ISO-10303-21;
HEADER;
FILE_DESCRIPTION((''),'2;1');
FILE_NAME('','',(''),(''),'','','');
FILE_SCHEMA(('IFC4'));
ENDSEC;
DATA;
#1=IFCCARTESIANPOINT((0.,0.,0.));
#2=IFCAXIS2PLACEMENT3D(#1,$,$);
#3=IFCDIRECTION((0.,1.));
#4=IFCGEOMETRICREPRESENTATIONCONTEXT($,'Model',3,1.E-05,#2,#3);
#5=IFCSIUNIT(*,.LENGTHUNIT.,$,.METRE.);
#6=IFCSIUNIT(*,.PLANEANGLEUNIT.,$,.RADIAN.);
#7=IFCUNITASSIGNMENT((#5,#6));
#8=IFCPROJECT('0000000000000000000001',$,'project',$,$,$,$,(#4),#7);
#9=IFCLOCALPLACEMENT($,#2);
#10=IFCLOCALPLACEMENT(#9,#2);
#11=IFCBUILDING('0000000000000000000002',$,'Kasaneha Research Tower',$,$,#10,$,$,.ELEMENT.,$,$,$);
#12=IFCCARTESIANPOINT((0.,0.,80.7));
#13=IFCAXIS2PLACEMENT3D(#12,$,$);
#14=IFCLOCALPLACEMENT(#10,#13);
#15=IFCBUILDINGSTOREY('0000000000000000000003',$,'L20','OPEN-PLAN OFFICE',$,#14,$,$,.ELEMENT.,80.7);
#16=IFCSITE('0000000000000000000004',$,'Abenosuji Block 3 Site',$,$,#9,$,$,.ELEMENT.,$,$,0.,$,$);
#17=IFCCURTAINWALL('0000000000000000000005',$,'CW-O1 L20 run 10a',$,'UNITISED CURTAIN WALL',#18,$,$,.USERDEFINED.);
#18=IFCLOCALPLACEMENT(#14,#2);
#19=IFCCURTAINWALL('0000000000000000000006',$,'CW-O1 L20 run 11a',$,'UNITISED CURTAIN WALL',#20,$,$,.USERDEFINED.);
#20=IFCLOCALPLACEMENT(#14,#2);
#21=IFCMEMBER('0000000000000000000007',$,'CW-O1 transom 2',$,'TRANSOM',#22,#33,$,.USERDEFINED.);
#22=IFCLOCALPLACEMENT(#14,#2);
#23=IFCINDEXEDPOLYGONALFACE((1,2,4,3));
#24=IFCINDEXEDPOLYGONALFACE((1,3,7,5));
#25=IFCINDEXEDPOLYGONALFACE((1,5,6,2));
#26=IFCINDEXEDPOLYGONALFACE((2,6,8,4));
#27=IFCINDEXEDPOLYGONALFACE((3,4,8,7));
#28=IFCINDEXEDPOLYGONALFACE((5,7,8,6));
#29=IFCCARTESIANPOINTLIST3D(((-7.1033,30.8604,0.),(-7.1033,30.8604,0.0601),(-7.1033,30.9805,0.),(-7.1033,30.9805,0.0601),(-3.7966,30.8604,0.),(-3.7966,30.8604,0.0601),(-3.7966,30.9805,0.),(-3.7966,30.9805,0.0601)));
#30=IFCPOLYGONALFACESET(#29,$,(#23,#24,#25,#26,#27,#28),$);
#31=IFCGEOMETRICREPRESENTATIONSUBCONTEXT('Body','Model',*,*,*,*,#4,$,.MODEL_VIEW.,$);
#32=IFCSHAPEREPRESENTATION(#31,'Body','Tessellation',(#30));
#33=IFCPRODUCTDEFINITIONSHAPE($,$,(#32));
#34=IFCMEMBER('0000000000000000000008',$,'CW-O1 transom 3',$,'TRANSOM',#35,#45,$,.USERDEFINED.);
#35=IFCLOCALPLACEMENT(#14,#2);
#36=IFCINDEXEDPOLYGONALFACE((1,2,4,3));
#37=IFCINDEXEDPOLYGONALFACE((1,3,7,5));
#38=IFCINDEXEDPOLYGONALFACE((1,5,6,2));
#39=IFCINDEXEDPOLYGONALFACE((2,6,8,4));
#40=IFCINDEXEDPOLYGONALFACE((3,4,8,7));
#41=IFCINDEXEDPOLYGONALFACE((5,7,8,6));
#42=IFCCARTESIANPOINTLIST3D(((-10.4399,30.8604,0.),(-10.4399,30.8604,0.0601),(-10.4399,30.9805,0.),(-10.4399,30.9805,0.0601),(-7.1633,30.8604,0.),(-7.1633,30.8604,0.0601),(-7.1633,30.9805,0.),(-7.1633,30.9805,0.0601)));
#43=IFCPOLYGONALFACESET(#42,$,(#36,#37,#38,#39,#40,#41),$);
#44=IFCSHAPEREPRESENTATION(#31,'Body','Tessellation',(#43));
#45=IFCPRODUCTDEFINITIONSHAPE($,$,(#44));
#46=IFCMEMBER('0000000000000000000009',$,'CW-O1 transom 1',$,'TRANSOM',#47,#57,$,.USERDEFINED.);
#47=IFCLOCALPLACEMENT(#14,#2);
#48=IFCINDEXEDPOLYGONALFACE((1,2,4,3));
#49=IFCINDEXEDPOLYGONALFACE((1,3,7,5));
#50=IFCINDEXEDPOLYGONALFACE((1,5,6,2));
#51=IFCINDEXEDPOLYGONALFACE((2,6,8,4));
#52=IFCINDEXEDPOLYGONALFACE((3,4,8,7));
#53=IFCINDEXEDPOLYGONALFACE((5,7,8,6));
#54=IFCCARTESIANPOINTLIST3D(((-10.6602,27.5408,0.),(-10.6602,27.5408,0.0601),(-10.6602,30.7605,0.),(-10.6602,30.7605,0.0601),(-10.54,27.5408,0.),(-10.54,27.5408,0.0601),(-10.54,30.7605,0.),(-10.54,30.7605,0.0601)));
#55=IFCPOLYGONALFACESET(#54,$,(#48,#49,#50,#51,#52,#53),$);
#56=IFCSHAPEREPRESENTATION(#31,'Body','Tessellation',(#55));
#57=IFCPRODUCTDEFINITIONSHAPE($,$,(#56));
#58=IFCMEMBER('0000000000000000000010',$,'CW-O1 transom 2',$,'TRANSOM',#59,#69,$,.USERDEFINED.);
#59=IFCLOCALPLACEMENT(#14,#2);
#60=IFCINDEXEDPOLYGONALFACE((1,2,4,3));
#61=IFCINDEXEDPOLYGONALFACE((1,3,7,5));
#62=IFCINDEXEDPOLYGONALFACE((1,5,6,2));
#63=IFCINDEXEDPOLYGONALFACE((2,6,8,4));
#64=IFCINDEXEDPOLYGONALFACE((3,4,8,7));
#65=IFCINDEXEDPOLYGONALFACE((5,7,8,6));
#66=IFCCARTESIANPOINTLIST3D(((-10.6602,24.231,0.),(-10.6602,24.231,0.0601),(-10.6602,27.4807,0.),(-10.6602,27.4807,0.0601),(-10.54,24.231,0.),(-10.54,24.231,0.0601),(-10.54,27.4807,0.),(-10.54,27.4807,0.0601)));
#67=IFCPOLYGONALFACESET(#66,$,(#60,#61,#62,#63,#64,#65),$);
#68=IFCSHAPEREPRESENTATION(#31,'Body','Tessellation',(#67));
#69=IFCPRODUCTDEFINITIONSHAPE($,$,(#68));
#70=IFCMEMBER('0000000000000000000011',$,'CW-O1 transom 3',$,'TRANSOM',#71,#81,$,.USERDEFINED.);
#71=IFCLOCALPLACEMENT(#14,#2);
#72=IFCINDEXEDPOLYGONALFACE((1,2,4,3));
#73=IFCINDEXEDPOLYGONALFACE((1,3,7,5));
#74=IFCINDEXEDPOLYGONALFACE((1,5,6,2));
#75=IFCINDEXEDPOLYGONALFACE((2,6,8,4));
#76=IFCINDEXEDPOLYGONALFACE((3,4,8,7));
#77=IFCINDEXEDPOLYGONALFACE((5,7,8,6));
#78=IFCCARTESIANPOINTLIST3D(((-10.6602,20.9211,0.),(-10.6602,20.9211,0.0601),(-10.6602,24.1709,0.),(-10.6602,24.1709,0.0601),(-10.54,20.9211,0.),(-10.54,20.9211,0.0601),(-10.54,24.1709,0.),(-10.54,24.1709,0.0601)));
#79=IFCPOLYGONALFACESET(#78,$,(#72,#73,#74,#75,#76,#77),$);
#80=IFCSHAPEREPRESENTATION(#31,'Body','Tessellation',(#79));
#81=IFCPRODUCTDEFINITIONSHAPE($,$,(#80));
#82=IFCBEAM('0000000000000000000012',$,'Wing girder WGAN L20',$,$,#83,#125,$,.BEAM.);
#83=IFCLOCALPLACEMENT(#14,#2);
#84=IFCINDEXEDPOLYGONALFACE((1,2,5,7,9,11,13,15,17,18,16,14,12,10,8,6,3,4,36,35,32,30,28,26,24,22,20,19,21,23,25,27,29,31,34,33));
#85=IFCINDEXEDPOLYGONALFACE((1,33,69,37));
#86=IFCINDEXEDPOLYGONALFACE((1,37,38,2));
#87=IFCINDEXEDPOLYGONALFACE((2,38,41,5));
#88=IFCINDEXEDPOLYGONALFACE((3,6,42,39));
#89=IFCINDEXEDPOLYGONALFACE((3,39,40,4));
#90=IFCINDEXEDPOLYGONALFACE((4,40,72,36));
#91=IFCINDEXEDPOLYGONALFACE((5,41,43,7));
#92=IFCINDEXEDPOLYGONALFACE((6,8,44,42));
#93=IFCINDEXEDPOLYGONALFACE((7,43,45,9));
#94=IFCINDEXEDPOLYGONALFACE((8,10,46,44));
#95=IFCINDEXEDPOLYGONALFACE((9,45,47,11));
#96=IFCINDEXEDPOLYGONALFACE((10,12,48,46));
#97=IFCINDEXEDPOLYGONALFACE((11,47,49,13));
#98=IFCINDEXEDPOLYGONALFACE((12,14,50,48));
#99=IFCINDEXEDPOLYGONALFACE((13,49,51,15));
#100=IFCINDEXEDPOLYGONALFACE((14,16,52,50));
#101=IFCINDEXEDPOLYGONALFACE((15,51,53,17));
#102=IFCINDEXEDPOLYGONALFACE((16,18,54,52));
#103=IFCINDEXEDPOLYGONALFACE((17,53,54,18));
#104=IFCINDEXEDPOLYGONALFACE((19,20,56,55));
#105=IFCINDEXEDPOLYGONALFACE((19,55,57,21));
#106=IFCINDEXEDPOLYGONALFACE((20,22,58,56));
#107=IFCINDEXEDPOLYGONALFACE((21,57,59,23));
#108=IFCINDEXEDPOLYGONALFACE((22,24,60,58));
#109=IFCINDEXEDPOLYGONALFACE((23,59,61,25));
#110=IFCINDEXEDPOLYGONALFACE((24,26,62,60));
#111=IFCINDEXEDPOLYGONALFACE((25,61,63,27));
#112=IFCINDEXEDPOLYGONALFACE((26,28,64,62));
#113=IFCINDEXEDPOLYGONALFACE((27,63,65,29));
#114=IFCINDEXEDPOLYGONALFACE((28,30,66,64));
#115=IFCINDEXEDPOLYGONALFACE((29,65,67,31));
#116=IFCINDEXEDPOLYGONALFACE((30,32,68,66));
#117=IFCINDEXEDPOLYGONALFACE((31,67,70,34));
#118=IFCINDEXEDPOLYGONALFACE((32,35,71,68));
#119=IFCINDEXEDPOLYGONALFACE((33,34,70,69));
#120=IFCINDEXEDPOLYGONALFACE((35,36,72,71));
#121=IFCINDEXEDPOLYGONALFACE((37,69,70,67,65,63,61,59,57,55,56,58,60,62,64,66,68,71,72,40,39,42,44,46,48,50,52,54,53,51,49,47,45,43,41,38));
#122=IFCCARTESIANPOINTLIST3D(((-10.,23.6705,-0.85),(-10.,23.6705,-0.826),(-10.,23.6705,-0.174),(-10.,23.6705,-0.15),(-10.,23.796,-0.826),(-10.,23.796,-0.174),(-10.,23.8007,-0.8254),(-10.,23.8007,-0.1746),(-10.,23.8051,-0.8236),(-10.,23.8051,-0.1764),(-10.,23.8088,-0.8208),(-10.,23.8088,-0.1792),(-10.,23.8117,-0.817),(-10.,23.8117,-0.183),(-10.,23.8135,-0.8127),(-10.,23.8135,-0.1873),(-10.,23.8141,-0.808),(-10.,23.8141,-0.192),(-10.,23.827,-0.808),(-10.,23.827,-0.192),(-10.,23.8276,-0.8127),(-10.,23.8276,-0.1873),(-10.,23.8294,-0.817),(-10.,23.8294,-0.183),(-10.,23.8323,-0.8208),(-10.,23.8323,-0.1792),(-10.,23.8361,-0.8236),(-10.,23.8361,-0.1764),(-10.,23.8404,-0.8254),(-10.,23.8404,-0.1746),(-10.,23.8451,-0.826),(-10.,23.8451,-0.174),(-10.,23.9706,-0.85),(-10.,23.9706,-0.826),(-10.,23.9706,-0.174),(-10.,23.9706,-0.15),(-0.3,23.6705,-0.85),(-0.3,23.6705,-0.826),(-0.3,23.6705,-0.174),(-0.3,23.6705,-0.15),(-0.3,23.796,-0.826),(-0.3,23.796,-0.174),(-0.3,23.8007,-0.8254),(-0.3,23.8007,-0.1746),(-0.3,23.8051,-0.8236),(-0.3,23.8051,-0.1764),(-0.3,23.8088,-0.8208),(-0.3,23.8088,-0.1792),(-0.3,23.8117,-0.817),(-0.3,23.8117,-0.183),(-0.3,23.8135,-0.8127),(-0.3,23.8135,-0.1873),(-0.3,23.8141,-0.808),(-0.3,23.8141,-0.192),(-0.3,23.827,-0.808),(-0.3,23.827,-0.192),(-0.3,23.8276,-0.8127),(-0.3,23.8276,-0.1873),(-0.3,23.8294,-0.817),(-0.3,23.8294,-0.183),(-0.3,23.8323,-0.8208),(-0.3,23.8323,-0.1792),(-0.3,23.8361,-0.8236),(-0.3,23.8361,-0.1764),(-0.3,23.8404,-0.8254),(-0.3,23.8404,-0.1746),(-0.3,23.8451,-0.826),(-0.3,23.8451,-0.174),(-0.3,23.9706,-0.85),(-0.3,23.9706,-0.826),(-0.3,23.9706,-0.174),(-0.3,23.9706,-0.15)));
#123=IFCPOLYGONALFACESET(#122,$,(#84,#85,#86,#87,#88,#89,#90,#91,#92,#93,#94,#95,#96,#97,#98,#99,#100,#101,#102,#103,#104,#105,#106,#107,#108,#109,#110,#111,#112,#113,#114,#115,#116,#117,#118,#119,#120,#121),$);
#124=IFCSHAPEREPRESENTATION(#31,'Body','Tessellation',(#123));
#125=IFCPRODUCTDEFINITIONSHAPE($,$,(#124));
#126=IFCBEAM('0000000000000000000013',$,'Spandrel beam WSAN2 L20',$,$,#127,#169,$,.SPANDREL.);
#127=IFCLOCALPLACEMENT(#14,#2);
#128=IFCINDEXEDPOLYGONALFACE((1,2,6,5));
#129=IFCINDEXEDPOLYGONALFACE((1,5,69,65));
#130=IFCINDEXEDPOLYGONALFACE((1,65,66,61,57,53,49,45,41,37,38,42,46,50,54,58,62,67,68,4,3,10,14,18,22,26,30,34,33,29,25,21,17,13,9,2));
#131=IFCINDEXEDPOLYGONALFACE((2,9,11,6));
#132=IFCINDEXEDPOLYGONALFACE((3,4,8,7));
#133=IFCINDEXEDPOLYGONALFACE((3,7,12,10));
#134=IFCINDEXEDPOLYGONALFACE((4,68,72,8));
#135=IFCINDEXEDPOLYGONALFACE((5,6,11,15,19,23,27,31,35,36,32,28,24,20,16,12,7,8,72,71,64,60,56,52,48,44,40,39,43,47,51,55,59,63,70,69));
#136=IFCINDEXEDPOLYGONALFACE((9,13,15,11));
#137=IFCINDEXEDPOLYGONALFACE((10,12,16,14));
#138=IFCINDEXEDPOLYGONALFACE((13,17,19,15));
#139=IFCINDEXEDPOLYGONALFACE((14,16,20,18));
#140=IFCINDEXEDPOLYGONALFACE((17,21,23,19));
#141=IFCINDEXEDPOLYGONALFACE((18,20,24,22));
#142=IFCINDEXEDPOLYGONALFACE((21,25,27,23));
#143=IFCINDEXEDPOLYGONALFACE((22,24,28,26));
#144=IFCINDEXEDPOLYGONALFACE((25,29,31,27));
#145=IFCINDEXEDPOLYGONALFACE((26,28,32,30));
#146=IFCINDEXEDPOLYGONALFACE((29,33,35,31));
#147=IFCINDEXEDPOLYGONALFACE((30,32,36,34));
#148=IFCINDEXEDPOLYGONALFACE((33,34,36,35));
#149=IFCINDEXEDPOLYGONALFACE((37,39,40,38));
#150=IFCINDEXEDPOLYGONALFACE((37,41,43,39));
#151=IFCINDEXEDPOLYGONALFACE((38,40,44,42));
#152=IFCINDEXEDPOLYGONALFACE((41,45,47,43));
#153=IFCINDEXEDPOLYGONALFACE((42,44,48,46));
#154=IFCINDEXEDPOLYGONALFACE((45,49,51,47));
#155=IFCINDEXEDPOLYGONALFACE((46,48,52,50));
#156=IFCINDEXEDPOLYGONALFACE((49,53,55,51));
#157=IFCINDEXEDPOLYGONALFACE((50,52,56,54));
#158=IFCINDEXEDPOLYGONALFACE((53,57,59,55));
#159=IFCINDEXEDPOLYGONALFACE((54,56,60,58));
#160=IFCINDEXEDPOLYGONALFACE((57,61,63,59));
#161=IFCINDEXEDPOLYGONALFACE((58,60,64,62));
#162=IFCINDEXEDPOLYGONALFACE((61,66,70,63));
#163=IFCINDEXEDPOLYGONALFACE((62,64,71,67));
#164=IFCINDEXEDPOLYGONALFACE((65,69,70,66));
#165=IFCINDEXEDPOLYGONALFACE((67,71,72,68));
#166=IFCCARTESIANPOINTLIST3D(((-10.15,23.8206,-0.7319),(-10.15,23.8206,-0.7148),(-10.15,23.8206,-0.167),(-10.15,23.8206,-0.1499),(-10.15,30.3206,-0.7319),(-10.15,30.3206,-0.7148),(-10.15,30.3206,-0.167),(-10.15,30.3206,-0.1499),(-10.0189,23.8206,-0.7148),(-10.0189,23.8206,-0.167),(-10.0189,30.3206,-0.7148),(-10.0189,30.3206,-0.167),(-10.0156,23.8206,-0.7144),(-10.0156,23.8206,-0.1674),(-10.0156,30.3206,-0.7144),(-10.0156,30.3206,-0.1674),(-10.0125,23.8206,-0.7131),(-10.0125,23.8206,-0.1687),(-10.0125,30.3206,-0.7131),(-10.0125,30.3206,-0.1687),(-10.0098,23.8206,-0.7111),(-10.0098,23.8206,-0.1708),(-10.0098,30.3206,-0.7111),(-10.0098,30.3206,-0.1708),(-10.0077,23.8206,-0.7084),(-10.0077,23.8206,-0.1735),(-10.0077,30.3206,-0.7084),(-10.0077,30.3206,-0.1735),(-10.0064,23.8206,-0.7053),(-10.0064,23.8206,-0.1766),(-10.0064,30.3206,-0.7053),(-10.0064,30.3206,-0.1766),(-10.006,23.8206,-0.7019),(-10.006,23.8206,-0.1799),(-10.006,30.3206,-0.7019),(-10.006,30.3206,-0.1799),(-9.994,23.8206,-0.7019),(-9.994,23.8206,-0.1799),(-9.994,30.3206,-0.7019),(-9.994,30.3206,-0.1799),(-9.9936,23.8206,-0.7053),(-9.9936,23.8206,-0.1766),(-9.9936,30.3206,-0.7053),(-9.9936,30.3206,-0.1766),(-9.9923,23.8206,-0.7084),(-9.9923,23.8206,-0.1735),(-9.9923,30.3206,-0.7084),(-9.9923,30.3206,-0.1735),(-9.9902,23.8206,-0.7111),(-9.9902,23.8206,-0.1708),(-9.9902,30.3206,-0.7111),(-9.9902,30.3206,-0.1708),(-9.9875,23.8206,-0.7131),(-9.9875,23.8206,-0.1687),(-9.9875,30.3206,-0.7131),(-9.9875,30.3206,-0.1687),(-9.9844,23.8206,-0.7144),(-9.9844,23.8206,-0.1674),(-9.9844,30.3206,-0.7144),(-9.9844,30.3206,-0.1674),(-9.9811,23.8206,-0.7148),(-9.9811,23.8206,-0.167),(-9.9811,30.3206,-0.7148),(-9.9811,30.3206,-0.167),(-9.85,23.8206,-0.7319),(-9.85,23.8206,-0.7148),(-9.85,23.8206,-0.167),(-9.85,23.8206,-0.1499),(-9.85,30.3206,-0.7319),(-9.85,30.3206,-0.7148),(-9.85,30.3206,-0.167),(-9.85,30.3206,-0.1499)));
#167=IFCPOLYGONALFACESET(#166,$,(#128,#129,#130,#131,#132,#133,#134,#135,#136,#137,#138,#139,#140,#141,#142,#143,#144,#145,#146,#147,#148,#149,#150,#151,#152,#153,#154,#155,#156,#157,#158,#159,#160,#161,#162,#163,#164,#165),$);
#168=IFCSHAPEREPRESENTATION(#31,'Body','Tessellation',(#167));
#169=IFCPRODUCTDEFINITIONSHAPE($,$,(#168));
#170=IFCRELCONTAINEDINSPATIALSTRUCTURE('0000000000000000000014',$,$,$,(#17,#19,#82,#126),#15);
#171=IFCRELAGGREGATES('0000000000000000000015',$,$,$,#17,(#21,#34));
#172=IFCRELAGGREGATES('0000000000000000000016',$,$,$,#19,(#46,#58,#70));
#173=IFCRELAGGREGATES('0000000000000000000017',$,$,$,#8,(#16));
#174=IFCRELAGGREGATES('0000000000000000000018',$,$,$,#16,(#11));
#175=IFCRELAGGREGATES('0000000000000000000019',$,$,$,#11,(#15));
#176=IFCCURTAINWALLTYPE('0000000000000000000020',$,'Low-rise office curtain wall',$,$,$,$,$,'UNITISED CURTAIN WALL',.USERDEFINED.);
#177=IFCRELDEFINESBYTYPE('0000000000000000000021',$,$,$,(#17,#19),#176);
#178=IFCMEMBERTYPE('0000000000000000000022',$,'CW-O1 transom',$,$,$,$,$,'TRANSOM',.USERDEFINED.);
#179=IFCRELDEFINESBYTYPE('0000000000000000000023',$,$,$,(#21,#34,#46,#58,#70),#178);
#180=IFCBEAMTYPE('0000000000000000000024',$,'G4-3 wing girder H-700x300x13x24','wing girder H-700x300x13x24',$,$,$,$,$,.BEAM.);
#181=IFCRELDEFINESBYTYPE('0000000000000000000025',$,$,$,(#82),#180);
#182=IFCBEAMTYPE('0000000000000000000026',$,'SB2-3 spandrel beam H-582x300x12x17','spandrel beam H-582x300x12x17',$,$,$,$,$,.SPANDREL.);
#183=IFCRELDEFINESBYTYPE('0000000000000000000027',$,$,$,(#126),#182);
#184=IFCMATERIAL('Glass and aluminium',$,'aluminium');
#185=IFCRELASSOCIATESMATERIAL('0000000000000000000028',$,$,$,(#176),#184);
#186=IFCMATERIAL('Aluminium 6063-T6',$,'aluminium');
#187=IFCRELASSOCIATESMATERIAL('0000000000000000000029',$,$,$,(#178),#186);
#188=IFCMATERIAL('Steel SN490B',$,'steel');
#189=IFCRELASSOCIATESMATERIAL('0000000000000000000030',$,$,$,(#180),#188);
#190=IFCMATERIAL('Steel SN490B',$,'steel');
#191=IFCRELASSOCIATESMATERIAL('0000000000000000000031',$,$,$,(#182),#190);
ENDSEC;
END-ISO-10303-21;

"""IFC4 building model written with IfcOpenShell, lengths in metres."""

from ifc_helpers import new_model, si_unit, direction, frame, origin, origin_2d, place, context, subcontext, project, spatial, rectangle, i_section, extrude, material, material_profile, profile_set, type_object, element, aggregate, save


model = new_model("IFC4")

# Units and contexts
model_context = context("Model", 3, precision=1e-05, world=origin(), true_north=direction((0.0, 1.0)))
body_context = subcontext(model_context, "Body", "Model", "MODEL_VIEW")
ifc_project = project(units=[si_unit("LENGTHUNIT", "METRE"), si_unit("PLANEANGLEUNIT", "RADIAN")], contexts=[model_context])

# Site, building, storey
site_placement = place(None, origin())
site = spatial("IfcSite", under=ifc_project, at=site_placement, Name="Abenosuji Block 3 Site", CompositionType="ELEMENT", RefElevation=0.0)
building_placement = place(site_placement, origin())
building = spatial("IfcBuilding", under=site, at=building_placement, Name="Kasaneha Research Tower", CompositionType="ELEMENT")
storey_placement = place(building_placement, frame((0.0, 0.0, 80.7)))
storey = spatial("IfcBuildingStorey", under=building, at=storey_placement, Name="L20", Description="OPEN-PLAN OFFICE", CompositionType="ELEMENT", Elevation=80.7)

# Curtain walls
ifc_material_1 = material(Name="Glass and aluminium", Category="aluminium")
curtain_wall_type = type_object("IfcCurtainWallType", Name="Low-rise office curtain wall", ElementType="UNITISED CURTAIN WALL", PredefinedType="USERDEFINED", material=ifc_material_1)
curtain_wall_1_placement = place(storey_placement, origin())
curtain_wall_1 = element("IfcCurtainWall", 1, at=curtain_wall_1_placement, inside=storey, type_object=curtain_wall_type, Name="CW-O1 L20 run 10a", ObjectType="UNITISED CURTAIN WALL", PredefinedType="USERDEFINED")
curtain_wall_2_placement = place(storey_placement, origin())
curtain_wall_2 = element("IfcCurtainWall", 2, at=curtain_wall_2_placement, inside=storey, type_object=curtain_wall_type, Name="CW-O1 L20 run 11a", ObjectType="UNITISED CURTAIN WALL", PredefinedType="USERDEFINED")

# Members
ifc_material_2 = material(Name="Aluminium 6063-T6", Category="aluminium")
ifc_material_profile_1 = material_profile(ifc_material_2, rectangle(XDim=0.1201, YDim=0.0601, at=origin_2d()), Name="CW-O1 transom 120x60")
ifc_profile_set_1 = profile_set([ifc_material_profile_1], Name="Aluminium 6063-T6")
member_type_1 = type_object("IfcMemberType", Name="CW-O1 transom", ElementType="TRANSOM", PredefinedType="USERDEFINED", material=ifc_profile_set_1)
member_1_placement = place(storey_placement, frame((-3.7966, 30.9204, 0.03), z_axis=(-1.0, 0.0, 0.0), x_axis=(0.0, -1.0, 0.0)))
member_1 = element("IfcMember", 3, at=member_1_placement, type_object=member_type_1, Name="CW-O1 transom 2", ObjectType="TRANSOM", PredefinedType="USERDEFINED", context=body_context, shape_type="SweptSolid", body=[
    extrude(rectangle(XDim=0.1201, YDim=0.0601, at=origin_2d()), origin(), (0.0, 0.0, 1.0), 3.3066),
])
member_2_placement = place(storey_placement, frame((-7.1633, 30.9204, 0.03), z_axis=(-1.0, 0.0, 0.0), x_axis=(0.0, -1.0, 0.0)))
member_2 = element("IfcMember", 4, at=member_2_placement, type_object=member_type_1, Name="CW-O1 transom 3", ObjectType="TRANSOM", PredefinedType="USERDEFINED", context=body_context, shape_type="SweptSolid", body=[
    extrude(rectangle(XDim=0.1201, YDim=0.0601, at=origin_2d()), origin(), (0.0, 0.0, 1.0), 3.2766),
])
member_3_placement = place(storey_placement, frame((-10.6001, 30.7605, 0.03), z_axis=(0.0, -1.0, 0.0), x_axis=(1.0, 0.0, 0.0)))
member_3 = element("IfcMember", 5, at=member_3_placement, type_object=member_type_1, Name="CW-O1 transom 1", ObjectType="TRANSOM", PredefinedType="USERDEFINED", context=body_context, shape_type="SweptSolid", body=[
    extrude(rectangle(XDim=0.1201, YDim=0.0601, at=origin_2d()), origin(), (0.0, 0.0, 1.0), 3.2197),
])
member_4_placement = place(storey_placement, frame((-10.6001, 27.4807, 0.03), z_axis=(0.0, -1.0, 0.0), x_axis=(1.0, 0.0, 0.0)))
member_4 = element("IfcMember", 6, at=member_4_placement, type_object=member_type_1, Name="CW-O1 transom 2", ObjectType="TRANSOM", PredefinedType="USERDEFINED", context=body_context, shape_type="SweptSolid", body=[
    extrude(rectangle(XDim=0.1201, YDim=0.0601, at=origin_2d()), origin(), (0.0, 0.0, 1.0), 3.2498),
])
member_5_placement = place(storey_placement, frame((-10.6001, 24.1709, 0.03), z_axis=(0.0, -1.0, 0.0), x_axis=(1.0, 0.0, 0.0)))
member_5 = element("IfcMember", 7, at=member_5_placement, type_object=member_type_1, Name="CW-O1 transom 3", ObjectType="TRANSOM", PredefinedType="USERDEFINED", context=body_context, shape_type="SweptSolid", body=[
    extrude(rectangle(XDim=0.1201, YDim=0.0601, at=origin_2d()), origin(), (0.0, 0.0, 1.0), 3.2498),
])

# Beams
ifc_material_3 = material(Name="Steel SN490B", Category="steel")
ifc_material_profile_2 = material_profile(ifc_material_3, i_section(OverallWidth=0.3, OverallDepth=0.7, WebThickness=0.0129, FlangeThickness=0.0239, FilletRadius=0.0181, at=origin_2d()), Name="H-700x300x13x24")
ifc_profile_set_2 = profile_set([ifc_material_profile_2], Name="Steel SN490B")
beam_type_1 = type_object("IfcBeamType", Name="G4-3 wing girder H-700x300x13x24", Description="wing girder H-700x300x13x24", PredefinedType="BEAM", material=ifc_profile_set_2)
beam_1_placement = place(storey_placement, frame((-10.0, 23.8206, -0.5), z_axis=(1.0, 0.0, 0.0), x_axis=(0.0, 1.0, 0.0)))
element("IfcBeam", 8, at=beam_1_placement, inside=storey, type_object=beam_type_1, Name="Wing girder WGAN L20", PredefinedType="BEAM", context=body_context, shape_type="SweptSolid", body=[
    extrude(i_section(OverallWidth=0.3, OverallDepth=0.7, WebThickness=0.0129, FlangeThickness=0.0239, FilletRadius=0.0181, at=origin_2d()), origin(), (0.0, 0.0, 1.0), 9.7),
])
ifc_material_4 = material(Name="Steel SN490B", Category="steel")
ifc_material_profile_3 = material_profile(ifc_material_4, i_section(OverallWidth=0.3, OverallDepth=0.582, WebThickness=0.012, FlangeThickness=0.0171, FilletRadius=0.0129, at=origin_2d()), Name="H-582x300x12x17")
ifc_profile_set_3 = profile_set([ifc_material_profile_3], Name="Steel SN490B")
beam_type_2 = type_object("IfcBeamType", Name="SB2-3 spandrel beam H-582x300x12x17", Description="spandrel beam H-582x300x12x17", PredefinedType="SPANDREL", material=ifc_profile_set_3)
beam_2_placement = place(storey_placement, frame((-10.0, 23.8206, -0.4409), z_axis=(0.0, 1.0, 0.0), x_axis=(-1.0, 0.0, 0.0)))
element("IfcBeam", 9, at=beam_2_placement, inside=storey, type_object=beam_type_2, Name="Spandrel beam WSAN2 L20", PredefinedType="SPANDREL", context=body_context, shape_type="SweptSolid", body=[
    extrude(i_section(OverallWidth=0.3, OverallDepth=0.582, WebThickness=0.012, FlangeThickness=0.0171, FilletRadius=0.0129, at=origin_2d()), origin(), (0.0, 0.0, 1.0), 6.5),
])

aggregate(curtain_wall_1, [member_1, member_2])
aggregate(curtain_wall_2, [member_3, member_4, member_5])

save(model, "model.ifc")
